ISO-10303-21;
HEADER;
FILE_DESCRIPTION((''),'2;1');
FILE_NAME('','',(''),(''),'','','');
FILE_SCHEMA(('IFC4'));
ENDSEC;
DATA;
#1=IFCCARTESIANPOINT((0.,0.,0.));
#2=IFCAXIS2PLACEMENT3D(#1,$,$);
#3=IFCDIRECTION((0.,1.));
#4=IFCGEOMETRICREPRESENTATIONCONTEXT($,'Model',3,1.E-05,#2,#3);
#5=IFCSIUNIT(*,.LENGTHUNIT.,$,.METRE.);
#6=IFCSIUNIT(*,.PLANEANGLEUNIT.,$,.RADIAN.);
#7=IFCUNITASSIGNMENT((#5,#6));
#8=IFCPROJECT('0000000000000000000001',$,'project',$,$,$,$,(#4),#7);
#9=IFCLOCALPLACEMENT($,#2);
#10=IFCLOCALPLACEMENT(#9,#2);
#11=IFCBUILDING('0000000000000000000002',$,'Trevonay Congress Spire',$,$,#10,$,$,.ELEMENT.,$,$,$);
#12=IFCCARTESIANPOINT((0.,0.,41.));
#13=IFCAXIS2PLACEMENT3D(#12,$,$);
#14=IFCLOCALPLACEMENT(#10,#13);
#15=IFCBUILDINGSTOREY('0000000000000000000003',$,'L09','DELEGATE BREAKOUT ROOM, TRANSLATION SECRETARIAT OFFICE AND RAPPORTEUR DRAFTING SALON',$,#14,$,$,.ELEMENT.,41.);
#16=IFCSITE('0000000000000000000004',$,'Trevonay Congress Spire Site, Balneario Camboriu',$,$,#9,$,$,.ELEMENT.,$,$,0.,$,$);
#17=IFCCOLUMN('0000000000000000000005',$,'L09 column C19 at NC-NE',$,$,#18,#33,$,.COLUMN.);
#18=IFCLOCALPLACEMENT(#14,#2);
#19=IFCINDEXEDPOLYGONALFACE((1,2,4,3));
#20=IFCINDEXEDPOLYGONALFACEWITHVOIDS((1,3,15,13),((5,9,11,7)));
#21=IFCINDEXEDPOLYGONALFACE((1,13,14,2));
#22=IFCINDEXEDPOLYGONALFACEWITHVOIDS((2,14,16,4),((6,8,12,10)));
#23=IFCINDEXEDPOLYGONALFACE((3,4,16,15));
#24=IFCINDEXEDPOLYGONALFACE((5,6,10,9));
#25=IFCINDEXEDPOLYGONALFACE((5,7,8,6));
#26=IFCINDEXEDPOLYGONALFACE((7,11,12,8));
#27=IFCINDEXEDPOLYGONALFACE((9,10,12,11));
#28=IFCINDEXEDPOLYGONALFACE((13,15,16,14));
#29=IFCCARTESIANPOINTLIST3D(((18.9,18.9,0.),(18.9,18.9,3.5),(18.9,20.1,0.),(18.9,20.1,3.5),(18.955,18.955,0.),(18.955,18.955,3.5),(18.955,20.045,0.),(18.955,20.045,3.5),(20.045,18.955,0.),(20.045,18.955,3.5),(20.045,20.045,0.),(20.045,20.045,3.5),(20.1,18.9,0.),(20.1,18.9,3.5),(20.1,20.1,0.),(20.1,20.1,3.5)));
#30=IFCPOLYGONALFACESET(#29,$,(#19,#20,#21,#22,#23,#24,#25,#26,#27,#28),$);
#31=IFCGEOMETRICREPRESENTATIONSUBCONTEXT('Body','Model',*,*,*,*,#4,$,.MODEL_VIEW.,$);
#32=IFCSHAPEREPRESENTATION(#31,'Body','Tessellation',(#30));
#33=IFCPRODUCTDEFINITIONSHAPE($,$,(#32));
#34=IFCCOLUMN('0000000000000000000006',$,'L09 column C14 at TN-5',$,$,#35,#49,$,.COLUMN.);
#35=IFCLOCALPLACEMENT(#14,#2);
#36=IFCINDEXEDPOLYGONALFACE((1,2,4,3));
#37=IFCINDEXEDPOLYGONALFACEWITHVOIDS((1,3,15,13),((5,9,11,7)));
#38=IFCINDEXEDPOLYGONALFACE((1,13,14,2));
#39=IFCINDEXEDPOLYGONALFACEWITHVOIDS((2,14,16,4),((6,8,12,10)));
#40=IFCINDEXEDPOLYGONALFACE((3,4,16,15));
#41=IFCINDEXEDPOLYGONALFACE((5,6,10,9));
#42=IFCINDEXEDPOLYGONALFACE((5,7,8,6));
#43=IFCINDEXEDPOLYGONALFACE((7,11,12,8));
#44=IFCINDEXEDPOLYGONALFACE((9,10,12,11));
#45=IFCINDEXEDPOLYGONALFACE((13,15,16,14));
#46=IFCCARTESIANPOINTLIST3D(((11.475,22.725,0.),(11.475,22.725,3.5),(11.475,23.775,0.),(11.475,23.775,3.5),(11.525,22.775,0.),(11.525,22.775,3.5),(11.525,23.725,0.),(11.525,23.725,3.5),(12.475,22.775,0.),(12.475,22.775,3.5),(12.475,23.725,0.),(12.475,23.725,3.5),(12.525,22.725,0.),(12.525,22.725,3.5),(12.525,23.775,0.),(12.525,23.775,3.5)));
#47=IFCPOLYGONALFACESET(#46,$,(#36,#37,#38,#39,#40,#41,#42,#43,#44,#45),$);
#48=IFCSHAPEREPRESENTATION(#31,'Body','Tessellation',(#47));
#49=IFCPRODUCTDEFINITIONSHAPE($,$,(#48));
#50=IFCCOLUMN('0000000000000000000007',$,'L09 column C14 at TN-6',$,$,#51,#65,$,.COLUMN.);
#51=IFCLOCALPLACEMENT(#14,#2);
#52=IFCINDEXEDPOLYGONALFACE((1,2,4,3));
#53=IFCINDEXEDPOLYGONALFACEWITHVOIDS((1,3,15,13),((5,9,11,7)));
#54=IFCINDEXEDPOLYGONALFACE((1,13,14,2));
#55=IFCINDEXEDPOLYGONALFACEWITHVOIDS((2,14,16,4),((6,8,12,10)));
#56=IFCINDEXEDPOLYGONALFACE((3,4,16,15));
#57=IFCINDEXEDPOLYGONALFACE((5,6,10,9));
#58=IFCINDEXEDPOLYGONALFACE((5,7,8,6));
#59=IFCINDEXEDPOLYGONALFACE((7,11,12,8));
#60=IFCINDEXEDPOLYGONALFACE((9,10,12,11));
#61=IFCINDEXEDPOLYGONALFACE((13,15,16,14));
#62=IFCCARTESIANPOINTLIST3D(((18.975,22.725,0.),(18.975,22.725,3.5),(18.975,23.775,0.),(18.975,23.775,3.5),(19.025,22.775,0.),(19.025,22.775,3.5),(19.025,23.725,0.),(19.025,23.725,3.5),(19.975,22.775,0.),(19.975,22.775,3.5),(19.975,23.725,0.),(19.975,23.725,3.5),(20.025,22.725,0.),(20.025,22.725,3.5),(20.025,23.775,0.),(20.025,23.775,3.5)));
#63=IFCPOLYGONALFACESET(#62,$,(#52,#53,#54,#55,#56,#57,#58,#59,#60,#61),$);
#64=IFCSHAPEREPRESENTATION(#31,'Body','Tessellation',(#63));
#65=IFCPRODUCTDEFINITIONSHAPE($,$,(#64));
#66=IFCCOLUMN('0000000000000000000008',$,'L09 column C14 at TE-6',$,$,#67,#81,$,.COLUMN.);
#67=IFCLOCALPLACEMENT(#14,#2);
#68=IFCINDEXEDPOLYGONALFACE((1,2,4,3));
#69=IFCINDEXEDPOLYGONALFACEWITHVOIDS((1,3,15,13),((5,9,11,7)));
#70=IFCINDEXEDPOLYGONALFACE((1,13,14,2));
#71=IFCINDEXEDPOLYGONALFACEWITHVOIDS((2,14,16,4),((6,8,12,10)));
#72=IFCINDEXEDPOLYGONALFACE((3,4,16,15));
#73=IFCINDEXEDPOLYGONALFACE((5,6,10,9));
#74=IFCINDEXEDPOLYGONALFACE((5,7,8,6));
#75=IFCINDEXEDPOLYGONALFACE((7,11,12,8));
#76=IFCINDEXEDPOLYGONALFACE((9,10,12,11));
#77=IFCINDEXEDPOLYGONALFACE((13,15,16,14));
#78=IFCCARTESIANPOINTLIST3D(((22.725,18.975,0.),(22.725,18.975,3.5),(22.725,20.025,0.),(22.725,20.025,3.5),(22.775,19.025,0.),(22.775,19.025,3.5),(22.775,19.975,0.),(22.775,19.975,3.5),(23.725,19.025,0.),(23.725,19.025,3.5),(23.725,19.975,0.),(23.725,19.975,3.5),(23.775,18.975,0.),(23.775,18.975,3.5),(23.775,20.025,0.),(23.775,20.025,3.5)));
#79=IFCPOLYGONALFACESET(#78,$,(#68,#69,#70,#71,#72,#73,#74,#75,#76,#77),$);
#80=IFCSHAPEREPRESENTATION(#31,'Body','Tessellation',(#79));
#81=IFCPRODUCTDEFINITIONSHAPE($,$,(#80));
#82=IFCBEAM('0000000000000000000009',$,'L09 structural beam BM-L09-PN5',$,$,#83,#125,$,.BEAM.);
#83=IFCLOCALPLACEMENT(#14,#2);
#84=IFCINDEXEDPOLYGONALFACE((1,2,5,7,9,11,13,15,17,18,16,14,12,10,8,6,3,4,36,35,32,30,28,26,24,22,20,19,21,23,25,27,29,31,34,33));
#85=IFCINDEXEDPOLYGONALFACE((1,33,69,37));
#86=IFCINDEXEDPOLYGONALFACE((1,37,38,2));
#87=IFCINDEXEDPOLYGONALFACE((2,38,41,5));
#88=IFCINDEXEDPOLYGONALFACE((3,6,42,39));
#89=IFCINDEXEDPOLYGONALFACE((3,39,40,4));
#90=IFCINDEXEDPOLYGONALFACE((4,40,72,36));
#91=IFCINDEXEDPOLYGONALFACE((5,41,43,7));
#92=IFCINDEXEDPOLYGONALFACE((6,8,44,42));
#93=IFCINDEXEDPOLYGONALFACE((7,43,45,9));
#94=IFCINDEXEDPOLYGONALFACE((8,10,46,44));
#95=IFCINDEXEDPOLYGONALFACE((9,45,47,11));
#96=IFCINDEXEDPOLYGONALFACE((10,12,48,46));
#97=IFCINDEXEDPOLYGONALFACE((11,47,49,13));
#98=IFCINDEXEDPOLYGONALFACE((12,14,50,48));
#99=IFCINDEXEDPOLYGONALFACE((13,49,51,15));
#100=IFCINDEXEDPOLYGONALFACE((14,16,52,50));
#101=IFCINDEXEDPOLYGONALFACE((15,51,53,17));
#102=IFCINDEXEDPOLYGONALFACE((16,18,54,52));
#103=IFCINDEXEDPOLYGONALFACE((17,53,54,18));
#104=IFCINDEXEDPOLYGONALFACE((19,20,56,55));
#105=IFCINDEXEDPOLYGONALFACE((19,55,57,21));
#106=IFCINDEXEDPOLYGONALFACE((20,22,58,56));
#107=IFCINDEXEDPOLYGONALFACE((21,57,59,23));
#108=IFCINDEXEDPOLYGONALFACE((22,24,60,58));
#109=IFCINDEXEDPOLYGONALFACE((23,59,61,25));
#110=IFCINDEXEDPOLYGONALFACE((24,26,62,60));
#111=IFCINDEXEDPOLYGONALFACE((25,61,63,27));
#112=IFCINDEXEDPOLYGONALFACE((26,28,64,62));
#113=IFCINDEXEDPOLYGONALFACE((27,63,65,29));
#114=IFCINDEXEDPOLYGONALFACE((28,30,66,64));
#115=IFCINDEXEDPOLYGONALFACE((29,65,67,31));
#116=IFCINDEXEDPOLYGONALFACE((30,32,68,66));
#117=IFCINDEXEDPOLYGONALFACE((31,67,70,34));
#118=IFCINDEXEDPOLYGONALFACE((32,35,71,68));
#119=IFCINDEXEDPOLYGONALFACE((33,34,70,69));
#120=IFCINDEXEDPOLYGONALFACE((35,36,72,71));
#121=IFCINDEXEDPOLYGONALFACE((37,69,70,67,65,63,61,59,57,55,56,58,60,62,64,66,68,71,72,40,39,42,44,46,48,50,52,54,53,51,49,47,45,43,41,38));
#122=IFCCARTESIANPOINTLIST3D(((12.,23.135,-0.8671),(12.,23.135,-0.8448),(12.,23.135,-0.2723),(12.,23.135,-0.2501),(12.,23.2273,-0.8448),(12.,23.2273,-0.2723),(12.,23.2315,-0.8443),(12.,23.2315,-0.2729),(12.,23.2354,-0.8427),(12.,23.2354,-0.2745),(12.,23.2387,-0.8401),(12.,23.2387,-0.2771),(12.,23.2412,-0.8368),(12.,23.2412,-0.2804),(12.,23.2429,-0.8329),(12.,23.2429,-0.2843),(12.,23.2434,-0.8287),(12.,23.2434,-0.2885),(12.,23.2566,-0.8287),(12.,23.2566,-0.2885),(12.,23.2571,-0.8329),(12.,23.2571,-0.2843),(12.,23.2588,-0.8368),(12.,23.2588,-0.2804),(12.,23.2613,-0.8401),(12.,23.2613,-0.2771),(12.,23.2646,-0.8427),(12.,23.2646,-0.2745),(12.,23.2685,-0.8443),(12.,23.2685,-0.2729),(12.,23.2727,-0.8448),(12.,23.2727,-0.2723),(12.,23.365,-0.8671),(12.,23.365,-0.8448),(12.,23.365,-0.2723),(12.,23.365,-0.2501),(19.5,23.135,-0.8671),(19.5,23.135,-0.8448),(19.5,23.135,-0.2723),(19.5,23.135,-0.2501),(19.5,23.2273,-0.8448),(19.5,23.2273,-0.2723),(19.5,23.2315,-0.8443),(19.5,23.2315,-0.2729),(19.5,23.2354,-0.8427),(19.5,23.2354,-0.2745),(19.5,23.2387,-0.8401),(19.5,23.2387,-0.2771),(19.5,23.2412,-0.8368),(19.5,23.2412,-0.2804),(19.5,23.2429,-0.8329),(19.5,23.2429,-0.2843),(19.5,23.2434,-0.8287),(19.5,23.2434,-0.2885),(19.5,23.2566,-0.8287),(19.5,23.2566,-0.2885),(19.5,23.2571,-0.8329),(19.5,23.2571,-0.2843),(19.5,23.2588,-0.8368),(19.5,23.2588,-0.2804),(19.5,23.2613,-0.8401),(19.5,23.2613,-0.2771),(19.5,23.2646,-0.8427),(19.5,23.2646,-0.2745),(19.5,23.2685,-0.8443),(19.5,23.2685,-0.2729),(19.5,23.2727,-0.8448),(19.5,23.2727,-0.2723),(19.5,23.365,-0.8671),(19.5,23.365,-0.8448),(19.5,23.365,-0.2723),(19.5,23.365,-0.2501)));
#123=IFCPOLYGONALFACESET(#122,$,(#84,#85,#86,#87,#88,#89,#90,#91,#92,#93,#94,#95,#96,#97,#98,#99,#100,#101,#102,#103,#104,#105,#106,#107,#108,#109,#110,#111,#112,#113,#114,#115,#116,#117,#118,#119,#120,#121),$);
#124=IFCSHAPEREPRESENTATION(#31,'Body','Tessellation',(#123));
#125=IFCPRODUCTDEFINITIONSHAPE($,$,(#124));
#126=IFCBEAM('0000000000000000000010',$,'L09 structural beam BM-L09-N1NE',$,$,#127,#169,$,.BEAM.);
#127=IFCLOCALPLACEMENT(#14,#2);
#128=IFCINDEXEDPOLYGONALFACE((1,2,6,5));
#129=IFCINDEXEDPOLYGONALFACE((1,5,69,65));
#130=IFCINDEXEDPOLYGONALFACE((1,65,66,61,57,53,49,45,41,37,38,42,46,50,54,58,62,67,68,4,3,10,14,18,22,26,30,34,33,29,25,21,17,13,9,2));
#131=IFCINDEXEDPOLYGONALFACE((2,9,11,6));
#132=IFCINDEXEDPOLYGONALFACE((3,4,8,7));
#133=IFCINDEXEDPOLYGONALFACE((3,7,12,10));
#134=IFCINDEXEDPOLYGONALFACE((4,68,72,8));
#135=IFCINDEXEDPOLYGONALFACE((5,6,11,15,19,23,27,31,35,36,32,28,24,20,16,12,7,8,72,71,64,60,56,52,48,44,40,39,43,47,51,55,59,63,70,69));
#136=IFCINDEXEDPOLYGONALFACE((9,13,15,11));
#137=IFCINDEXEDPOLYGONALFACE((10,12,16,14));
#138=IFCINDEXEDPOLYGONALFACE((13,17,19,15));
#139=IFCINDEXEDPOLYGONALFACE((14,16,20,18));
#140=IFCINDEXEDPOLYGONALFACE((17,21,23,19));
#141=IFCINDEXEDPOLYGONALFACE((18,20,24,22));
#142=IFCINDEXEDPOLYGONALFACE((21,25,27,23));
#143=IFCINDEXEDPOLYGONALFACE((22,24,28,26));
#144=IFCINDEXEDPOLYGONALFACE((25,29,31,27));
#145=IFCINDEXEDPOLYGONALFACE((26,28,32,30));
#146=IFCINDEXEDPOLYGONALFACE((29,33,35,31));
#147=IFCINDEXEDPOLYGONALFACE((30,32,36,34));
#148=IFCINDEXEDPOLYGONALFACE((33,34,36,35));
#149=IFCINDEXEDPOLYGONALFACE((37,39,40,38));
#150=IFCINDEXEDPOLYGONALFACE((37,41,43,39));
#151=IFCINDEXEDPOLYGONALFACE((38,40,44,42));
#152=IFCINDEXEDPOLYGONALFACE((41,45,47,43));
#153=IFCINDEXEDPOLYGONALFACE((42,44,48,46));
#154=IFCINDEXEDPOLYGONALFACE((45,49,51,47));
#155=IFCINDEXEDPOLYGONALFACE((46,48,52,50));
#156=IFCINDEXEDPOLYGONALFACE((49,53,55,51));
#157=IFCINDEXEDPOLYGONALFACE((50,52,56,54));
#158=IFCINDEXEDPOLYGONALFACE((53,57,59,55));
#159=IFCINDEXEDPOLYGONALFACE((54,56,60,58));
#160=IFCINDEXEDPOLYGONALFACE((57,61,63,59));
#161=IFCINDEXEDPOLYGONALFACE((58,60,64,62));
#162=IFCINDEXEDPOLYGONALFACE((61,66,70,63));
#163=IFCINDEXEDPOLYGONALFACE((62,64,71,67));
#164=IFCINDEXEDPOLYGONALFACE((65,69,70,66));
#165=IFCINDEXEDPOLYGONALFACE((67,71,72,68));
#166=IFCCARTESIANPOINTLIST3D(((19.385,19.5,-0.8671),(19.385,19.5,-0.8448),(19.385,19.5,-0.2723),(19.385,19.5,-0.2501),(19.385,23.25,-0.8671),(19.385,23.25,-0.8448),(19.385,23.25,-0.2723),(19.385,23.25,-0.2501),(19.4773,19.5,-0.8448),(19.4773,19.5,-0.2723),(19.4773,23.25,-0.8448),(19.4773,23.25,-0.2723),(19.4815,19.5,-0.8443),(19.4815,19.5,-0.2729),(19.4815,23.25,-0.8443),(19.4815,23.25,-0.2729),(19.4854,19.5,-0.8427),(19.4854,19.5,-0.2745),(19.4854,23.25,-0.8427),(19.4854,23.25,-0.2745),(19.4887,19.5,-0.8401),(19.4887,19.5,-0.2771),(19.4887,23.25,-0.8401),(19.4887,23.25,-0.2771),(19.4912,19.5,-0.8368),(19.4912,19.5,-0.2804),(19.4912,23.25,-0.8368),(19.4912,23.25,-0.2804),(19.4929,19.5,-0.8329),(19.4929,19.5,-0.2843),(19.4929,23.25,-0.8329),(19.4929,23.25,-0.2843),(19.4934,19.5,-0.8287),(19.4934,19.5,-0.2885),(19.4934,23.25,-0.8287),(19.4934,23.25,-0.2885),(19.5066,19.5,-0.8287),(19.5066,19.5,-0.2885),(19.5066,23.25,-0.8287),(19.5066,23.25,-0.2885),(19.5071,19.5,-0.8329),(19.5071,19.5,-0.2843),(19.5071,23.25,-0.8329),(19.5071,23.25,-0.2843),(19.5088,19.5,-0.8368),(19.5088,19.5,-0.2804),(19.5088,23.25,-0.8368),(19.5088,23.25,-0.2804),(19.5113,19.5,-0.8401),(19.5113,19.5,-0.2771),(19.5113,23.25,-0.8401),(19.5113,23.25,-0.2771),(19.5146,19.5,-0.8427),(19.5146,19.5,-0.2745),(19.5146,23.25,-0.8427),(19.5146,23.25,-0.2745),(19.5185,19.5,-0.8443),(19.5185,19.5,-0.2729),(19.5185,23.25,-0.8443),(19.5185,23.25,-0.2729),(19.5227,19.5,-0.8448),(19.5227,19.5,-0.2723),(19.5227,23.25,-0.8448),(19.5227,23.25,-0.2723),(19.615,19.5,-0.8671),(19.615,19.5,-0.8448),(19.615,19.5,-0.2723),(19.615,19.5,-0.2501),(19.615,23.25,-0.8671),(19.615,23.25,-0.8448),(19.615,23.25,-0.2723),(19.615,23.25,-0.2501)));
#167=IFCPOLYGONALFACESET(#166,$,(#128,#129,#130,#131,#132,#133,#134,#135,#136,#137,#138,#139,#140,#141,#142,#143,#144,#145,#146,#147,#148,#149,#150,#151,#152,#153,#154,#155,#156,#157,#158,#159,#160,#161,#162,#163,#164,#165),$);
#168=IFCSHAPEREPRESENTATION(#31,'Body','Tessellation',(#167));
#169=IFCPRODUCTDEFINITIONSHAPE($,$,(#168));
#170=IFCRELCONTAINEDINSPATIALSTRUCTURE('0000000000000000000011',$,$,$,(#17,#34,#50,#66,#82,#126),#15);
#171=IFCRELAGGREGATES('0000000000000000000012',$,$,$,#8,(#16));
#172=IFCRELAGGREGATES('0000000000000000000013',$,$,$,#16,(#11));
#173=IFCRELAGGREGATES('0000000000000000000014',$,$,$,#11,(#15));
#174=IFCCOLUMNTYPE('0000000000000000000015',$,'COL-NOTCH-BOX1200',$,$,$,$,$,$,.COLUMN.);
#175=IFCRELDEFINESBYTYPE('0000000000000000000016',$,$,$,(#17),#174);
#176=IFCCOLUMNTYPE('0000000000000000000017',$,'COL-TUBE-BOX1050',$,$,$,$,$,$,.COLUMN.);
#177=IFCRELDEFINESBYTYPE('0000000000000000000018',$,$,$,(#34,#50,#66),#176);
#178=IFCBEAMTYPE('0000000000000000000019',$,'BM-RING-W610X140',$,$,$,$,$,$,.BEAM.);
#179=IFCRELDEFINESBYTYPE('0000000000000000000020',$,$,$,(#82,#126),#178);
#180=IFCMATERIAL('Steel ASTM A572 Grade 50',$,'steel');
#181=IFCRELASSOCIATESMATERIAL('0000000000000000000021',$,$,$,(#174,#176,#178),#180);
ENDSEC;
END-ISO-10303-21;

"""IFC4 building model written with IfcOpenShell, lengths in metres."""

from ifc_helpers import new_model, si_unit, direction, frame, origin, origin_2d, place, context, subcontext, project, spatial, hollow_rectangle, i_section, extrude, material, material_profile, profile_set, type_object, element, save


model = new_model("IFC4")

# Units and contexts
model_context = context("Model", 3, precision=1e-05, world=origin(), true_north=direction((0.0, 1.0)))
body_context = subcontext(model_context, "Body", "Model", "MODEL_VIEW")
ifc_project = project(units=[si_unit("LENGTHUNIT", "METRE"), si_unit("PLANEANGLEUNIT", "RADIAN")], contexts=[model_context])

# Site, building, storey
site_placement = place(None, origin())
site = spatial("IfcSite", under=ifc_project, at=site_placement, Name="Trevonay Congress Spire Site, Balneario Camboriu", CompositionType="ELEMENT", RefElevation=0.0)
building_placement = place(site_placement, origin())
building = spatial("IfcBuilding", under=site, at=building_placement, Name="Trevonay Congress Spire", CompositionType="ELEMENT")
storey_placement = place(building_placement, frame((0.0, 0.0, 41.0)))
storey = spatial("IfcBuildingStorey", under=building, at=storey_placement, Name="L09", Description="DELEGATE BREAKOUT ROOM, TRANSLATION SECRETARIAT OFFICE AND RAPPORTEUR DRAFTING SALON", CompositionType="ELEMENT", Elevation=41.0)

# Columns
ifc_material_1 = material(Name="Steel ASTM A572 Grade 50", Category="steel")
ifc_material_profile_1 = material_profile(ifc_material_1, hollow_rectangle(XDim=1.2, YDim=1.2, WallThickness=0.0549, at=origin_2d()), Name="BOX 1200x1200x55")
ifc_profile_set_1 = profile_set([ifc_material_profile_1], Name="Steel ASTM A572 Grade 50")
column_type_1 = type_object("IfcColumnType", Name="COL-NOTCH-BOX1200", PredefinedType="COLUMN", material=ifc_profile_set_1)
column_placement = place(storey_placement, frame((19.5, 19.5, 0.0), z_axis=(0.0, 0.0, 1.0), x_axis=(1.0, 0.0, 0.0)))
element("IfcColumn", 1, at=column_placement, inside=storey, type_object=column_type_1, Name="L09 column C19 at NC-NE", PredefinedType="COLUMN", context=body_context, shape_type="SweptSolid", body=[
    extrude(hollow_rectangle(XDim=1.2, YDim=1.2, WallThickness=0.0549, at=origin_2d()), origin(), (0.0, 0.0, 1.0), 3.5),
])
ifc_material_profile_2 = material_profile(ifc_material_1, hollow_rectangle(XDim=1.05, YDim=1.05, WallThickness=0.05, at=origin_2d()), Name="BOX 1050x1050x50")
ifc_profile_set_2 = profile_set([ifc_material_profile_2], Name="Steel ASTM A572 Grade 50")
column_type_2 = type_object("IfcColumnType", Name="COL-TUBE-BOX1050", PredefinedType="COLUMN", material=ifc_profile_set_2)
for number, where, z_axis, x_axis, name in (
    (2, (12.0, 23.25, 0.0), (0.0, 0.0, 1.0), (1.0, 0.0, 0.0), "L09 column C14 at TN-5"),
    (3, (19.5, 23.25, 0.0), (0.0, 0.0, 1.0), (1.0, 0.0, 0.0), "L09 column C14 at TN-6"),
    (4, (23.25, 19.5, 0.0), (0.0, 0.0, 1.0), (1.0, 0.0, 0.0), "L09 column C14 at TE-6"),
):
    element("IfcColumn", number, at=place(storey_placement, frame(where, z_axis=z_axis, x_axis=x_axis)), inside=storey, type_object=column_type_2, Name=name, PredefinedType="COLUMN", context=body_context, shape_type="SweptSolid", body=[
        extrude(hollow_rectangle(XDim=1.05, YDim=1.05, WallThickness=0.05, at=origin_2d()), origin(), (0.0, 0.0, 1.0), 3.5),
    ])

# Beams
ifc_material_profile_3 = material_profile(ifc_material_1, i_section(OverallWidth=0.23, OverallDepth=0.6169, WebThickness=0.0132, FlangeThickness=0.0222, FilletRadius=0.0161, at=origin_2d()), Name="W610x140")
ifc_profile_set_3 = profile_set([ifc_material_profile_3], Name="Steel ASTM A572 Grade 50")
beam_type = type_object("IfcBeamType", Name="BM-RING-W610X140", PredefinedType="BEAM", material=ifc_profile_set_3)
beam_placement = place(storey_placement, frame((12.0, 23.25, -0.5586), z_axis=(1.0, 0.0, 0.0), x_axis=(0.0, 1.0, 0.0)))
element("IfcBeam", 5, at=beam_placement, inside=storey, type_object=beam_type, Name="L09 structural beam BM-L09-PN5", PredefinedType="BEAM", context=body_context, shape_type="SweptSolid", body=[
    extrude(i_section(OverallWidth=0.23, OverallDepth=0.6169, WebThickness=0.0132, FlangeThickness=0.0222, FilletRadius=0.0161, at=origin_2d()), origin(), (0.0, 0.0, 1.0), 7.5),
])
for number, where, z_axis, x_axis, name in (
    (6, (19.5, 23.25, -0.5586), (0.0, -1.0, 0.0), (1.0, 0.0, 0.0), "L09 structural beam BM-L09-N1NE"),
):
    element("IfcBeam", number, at=place(storey_placement, frame(where, z_axis=z_axis, x_axis=x_axis)), inside=storey, type_object=beam_type, Name=name, PredefinedType="BEAM", context=body_context, shape_type="SweptSolid", body=[
        extrude(i_section(OverallWidth=0.23, OverallDepth=0.6169, WebThickness=0.0132, FlangeThickness=0.0222, FilletRadius=0.0161, at=origin_2d()), origin(), (0.0, 0.0, 1.0), 3.75),
    ])

save(model, "model.ifc")
